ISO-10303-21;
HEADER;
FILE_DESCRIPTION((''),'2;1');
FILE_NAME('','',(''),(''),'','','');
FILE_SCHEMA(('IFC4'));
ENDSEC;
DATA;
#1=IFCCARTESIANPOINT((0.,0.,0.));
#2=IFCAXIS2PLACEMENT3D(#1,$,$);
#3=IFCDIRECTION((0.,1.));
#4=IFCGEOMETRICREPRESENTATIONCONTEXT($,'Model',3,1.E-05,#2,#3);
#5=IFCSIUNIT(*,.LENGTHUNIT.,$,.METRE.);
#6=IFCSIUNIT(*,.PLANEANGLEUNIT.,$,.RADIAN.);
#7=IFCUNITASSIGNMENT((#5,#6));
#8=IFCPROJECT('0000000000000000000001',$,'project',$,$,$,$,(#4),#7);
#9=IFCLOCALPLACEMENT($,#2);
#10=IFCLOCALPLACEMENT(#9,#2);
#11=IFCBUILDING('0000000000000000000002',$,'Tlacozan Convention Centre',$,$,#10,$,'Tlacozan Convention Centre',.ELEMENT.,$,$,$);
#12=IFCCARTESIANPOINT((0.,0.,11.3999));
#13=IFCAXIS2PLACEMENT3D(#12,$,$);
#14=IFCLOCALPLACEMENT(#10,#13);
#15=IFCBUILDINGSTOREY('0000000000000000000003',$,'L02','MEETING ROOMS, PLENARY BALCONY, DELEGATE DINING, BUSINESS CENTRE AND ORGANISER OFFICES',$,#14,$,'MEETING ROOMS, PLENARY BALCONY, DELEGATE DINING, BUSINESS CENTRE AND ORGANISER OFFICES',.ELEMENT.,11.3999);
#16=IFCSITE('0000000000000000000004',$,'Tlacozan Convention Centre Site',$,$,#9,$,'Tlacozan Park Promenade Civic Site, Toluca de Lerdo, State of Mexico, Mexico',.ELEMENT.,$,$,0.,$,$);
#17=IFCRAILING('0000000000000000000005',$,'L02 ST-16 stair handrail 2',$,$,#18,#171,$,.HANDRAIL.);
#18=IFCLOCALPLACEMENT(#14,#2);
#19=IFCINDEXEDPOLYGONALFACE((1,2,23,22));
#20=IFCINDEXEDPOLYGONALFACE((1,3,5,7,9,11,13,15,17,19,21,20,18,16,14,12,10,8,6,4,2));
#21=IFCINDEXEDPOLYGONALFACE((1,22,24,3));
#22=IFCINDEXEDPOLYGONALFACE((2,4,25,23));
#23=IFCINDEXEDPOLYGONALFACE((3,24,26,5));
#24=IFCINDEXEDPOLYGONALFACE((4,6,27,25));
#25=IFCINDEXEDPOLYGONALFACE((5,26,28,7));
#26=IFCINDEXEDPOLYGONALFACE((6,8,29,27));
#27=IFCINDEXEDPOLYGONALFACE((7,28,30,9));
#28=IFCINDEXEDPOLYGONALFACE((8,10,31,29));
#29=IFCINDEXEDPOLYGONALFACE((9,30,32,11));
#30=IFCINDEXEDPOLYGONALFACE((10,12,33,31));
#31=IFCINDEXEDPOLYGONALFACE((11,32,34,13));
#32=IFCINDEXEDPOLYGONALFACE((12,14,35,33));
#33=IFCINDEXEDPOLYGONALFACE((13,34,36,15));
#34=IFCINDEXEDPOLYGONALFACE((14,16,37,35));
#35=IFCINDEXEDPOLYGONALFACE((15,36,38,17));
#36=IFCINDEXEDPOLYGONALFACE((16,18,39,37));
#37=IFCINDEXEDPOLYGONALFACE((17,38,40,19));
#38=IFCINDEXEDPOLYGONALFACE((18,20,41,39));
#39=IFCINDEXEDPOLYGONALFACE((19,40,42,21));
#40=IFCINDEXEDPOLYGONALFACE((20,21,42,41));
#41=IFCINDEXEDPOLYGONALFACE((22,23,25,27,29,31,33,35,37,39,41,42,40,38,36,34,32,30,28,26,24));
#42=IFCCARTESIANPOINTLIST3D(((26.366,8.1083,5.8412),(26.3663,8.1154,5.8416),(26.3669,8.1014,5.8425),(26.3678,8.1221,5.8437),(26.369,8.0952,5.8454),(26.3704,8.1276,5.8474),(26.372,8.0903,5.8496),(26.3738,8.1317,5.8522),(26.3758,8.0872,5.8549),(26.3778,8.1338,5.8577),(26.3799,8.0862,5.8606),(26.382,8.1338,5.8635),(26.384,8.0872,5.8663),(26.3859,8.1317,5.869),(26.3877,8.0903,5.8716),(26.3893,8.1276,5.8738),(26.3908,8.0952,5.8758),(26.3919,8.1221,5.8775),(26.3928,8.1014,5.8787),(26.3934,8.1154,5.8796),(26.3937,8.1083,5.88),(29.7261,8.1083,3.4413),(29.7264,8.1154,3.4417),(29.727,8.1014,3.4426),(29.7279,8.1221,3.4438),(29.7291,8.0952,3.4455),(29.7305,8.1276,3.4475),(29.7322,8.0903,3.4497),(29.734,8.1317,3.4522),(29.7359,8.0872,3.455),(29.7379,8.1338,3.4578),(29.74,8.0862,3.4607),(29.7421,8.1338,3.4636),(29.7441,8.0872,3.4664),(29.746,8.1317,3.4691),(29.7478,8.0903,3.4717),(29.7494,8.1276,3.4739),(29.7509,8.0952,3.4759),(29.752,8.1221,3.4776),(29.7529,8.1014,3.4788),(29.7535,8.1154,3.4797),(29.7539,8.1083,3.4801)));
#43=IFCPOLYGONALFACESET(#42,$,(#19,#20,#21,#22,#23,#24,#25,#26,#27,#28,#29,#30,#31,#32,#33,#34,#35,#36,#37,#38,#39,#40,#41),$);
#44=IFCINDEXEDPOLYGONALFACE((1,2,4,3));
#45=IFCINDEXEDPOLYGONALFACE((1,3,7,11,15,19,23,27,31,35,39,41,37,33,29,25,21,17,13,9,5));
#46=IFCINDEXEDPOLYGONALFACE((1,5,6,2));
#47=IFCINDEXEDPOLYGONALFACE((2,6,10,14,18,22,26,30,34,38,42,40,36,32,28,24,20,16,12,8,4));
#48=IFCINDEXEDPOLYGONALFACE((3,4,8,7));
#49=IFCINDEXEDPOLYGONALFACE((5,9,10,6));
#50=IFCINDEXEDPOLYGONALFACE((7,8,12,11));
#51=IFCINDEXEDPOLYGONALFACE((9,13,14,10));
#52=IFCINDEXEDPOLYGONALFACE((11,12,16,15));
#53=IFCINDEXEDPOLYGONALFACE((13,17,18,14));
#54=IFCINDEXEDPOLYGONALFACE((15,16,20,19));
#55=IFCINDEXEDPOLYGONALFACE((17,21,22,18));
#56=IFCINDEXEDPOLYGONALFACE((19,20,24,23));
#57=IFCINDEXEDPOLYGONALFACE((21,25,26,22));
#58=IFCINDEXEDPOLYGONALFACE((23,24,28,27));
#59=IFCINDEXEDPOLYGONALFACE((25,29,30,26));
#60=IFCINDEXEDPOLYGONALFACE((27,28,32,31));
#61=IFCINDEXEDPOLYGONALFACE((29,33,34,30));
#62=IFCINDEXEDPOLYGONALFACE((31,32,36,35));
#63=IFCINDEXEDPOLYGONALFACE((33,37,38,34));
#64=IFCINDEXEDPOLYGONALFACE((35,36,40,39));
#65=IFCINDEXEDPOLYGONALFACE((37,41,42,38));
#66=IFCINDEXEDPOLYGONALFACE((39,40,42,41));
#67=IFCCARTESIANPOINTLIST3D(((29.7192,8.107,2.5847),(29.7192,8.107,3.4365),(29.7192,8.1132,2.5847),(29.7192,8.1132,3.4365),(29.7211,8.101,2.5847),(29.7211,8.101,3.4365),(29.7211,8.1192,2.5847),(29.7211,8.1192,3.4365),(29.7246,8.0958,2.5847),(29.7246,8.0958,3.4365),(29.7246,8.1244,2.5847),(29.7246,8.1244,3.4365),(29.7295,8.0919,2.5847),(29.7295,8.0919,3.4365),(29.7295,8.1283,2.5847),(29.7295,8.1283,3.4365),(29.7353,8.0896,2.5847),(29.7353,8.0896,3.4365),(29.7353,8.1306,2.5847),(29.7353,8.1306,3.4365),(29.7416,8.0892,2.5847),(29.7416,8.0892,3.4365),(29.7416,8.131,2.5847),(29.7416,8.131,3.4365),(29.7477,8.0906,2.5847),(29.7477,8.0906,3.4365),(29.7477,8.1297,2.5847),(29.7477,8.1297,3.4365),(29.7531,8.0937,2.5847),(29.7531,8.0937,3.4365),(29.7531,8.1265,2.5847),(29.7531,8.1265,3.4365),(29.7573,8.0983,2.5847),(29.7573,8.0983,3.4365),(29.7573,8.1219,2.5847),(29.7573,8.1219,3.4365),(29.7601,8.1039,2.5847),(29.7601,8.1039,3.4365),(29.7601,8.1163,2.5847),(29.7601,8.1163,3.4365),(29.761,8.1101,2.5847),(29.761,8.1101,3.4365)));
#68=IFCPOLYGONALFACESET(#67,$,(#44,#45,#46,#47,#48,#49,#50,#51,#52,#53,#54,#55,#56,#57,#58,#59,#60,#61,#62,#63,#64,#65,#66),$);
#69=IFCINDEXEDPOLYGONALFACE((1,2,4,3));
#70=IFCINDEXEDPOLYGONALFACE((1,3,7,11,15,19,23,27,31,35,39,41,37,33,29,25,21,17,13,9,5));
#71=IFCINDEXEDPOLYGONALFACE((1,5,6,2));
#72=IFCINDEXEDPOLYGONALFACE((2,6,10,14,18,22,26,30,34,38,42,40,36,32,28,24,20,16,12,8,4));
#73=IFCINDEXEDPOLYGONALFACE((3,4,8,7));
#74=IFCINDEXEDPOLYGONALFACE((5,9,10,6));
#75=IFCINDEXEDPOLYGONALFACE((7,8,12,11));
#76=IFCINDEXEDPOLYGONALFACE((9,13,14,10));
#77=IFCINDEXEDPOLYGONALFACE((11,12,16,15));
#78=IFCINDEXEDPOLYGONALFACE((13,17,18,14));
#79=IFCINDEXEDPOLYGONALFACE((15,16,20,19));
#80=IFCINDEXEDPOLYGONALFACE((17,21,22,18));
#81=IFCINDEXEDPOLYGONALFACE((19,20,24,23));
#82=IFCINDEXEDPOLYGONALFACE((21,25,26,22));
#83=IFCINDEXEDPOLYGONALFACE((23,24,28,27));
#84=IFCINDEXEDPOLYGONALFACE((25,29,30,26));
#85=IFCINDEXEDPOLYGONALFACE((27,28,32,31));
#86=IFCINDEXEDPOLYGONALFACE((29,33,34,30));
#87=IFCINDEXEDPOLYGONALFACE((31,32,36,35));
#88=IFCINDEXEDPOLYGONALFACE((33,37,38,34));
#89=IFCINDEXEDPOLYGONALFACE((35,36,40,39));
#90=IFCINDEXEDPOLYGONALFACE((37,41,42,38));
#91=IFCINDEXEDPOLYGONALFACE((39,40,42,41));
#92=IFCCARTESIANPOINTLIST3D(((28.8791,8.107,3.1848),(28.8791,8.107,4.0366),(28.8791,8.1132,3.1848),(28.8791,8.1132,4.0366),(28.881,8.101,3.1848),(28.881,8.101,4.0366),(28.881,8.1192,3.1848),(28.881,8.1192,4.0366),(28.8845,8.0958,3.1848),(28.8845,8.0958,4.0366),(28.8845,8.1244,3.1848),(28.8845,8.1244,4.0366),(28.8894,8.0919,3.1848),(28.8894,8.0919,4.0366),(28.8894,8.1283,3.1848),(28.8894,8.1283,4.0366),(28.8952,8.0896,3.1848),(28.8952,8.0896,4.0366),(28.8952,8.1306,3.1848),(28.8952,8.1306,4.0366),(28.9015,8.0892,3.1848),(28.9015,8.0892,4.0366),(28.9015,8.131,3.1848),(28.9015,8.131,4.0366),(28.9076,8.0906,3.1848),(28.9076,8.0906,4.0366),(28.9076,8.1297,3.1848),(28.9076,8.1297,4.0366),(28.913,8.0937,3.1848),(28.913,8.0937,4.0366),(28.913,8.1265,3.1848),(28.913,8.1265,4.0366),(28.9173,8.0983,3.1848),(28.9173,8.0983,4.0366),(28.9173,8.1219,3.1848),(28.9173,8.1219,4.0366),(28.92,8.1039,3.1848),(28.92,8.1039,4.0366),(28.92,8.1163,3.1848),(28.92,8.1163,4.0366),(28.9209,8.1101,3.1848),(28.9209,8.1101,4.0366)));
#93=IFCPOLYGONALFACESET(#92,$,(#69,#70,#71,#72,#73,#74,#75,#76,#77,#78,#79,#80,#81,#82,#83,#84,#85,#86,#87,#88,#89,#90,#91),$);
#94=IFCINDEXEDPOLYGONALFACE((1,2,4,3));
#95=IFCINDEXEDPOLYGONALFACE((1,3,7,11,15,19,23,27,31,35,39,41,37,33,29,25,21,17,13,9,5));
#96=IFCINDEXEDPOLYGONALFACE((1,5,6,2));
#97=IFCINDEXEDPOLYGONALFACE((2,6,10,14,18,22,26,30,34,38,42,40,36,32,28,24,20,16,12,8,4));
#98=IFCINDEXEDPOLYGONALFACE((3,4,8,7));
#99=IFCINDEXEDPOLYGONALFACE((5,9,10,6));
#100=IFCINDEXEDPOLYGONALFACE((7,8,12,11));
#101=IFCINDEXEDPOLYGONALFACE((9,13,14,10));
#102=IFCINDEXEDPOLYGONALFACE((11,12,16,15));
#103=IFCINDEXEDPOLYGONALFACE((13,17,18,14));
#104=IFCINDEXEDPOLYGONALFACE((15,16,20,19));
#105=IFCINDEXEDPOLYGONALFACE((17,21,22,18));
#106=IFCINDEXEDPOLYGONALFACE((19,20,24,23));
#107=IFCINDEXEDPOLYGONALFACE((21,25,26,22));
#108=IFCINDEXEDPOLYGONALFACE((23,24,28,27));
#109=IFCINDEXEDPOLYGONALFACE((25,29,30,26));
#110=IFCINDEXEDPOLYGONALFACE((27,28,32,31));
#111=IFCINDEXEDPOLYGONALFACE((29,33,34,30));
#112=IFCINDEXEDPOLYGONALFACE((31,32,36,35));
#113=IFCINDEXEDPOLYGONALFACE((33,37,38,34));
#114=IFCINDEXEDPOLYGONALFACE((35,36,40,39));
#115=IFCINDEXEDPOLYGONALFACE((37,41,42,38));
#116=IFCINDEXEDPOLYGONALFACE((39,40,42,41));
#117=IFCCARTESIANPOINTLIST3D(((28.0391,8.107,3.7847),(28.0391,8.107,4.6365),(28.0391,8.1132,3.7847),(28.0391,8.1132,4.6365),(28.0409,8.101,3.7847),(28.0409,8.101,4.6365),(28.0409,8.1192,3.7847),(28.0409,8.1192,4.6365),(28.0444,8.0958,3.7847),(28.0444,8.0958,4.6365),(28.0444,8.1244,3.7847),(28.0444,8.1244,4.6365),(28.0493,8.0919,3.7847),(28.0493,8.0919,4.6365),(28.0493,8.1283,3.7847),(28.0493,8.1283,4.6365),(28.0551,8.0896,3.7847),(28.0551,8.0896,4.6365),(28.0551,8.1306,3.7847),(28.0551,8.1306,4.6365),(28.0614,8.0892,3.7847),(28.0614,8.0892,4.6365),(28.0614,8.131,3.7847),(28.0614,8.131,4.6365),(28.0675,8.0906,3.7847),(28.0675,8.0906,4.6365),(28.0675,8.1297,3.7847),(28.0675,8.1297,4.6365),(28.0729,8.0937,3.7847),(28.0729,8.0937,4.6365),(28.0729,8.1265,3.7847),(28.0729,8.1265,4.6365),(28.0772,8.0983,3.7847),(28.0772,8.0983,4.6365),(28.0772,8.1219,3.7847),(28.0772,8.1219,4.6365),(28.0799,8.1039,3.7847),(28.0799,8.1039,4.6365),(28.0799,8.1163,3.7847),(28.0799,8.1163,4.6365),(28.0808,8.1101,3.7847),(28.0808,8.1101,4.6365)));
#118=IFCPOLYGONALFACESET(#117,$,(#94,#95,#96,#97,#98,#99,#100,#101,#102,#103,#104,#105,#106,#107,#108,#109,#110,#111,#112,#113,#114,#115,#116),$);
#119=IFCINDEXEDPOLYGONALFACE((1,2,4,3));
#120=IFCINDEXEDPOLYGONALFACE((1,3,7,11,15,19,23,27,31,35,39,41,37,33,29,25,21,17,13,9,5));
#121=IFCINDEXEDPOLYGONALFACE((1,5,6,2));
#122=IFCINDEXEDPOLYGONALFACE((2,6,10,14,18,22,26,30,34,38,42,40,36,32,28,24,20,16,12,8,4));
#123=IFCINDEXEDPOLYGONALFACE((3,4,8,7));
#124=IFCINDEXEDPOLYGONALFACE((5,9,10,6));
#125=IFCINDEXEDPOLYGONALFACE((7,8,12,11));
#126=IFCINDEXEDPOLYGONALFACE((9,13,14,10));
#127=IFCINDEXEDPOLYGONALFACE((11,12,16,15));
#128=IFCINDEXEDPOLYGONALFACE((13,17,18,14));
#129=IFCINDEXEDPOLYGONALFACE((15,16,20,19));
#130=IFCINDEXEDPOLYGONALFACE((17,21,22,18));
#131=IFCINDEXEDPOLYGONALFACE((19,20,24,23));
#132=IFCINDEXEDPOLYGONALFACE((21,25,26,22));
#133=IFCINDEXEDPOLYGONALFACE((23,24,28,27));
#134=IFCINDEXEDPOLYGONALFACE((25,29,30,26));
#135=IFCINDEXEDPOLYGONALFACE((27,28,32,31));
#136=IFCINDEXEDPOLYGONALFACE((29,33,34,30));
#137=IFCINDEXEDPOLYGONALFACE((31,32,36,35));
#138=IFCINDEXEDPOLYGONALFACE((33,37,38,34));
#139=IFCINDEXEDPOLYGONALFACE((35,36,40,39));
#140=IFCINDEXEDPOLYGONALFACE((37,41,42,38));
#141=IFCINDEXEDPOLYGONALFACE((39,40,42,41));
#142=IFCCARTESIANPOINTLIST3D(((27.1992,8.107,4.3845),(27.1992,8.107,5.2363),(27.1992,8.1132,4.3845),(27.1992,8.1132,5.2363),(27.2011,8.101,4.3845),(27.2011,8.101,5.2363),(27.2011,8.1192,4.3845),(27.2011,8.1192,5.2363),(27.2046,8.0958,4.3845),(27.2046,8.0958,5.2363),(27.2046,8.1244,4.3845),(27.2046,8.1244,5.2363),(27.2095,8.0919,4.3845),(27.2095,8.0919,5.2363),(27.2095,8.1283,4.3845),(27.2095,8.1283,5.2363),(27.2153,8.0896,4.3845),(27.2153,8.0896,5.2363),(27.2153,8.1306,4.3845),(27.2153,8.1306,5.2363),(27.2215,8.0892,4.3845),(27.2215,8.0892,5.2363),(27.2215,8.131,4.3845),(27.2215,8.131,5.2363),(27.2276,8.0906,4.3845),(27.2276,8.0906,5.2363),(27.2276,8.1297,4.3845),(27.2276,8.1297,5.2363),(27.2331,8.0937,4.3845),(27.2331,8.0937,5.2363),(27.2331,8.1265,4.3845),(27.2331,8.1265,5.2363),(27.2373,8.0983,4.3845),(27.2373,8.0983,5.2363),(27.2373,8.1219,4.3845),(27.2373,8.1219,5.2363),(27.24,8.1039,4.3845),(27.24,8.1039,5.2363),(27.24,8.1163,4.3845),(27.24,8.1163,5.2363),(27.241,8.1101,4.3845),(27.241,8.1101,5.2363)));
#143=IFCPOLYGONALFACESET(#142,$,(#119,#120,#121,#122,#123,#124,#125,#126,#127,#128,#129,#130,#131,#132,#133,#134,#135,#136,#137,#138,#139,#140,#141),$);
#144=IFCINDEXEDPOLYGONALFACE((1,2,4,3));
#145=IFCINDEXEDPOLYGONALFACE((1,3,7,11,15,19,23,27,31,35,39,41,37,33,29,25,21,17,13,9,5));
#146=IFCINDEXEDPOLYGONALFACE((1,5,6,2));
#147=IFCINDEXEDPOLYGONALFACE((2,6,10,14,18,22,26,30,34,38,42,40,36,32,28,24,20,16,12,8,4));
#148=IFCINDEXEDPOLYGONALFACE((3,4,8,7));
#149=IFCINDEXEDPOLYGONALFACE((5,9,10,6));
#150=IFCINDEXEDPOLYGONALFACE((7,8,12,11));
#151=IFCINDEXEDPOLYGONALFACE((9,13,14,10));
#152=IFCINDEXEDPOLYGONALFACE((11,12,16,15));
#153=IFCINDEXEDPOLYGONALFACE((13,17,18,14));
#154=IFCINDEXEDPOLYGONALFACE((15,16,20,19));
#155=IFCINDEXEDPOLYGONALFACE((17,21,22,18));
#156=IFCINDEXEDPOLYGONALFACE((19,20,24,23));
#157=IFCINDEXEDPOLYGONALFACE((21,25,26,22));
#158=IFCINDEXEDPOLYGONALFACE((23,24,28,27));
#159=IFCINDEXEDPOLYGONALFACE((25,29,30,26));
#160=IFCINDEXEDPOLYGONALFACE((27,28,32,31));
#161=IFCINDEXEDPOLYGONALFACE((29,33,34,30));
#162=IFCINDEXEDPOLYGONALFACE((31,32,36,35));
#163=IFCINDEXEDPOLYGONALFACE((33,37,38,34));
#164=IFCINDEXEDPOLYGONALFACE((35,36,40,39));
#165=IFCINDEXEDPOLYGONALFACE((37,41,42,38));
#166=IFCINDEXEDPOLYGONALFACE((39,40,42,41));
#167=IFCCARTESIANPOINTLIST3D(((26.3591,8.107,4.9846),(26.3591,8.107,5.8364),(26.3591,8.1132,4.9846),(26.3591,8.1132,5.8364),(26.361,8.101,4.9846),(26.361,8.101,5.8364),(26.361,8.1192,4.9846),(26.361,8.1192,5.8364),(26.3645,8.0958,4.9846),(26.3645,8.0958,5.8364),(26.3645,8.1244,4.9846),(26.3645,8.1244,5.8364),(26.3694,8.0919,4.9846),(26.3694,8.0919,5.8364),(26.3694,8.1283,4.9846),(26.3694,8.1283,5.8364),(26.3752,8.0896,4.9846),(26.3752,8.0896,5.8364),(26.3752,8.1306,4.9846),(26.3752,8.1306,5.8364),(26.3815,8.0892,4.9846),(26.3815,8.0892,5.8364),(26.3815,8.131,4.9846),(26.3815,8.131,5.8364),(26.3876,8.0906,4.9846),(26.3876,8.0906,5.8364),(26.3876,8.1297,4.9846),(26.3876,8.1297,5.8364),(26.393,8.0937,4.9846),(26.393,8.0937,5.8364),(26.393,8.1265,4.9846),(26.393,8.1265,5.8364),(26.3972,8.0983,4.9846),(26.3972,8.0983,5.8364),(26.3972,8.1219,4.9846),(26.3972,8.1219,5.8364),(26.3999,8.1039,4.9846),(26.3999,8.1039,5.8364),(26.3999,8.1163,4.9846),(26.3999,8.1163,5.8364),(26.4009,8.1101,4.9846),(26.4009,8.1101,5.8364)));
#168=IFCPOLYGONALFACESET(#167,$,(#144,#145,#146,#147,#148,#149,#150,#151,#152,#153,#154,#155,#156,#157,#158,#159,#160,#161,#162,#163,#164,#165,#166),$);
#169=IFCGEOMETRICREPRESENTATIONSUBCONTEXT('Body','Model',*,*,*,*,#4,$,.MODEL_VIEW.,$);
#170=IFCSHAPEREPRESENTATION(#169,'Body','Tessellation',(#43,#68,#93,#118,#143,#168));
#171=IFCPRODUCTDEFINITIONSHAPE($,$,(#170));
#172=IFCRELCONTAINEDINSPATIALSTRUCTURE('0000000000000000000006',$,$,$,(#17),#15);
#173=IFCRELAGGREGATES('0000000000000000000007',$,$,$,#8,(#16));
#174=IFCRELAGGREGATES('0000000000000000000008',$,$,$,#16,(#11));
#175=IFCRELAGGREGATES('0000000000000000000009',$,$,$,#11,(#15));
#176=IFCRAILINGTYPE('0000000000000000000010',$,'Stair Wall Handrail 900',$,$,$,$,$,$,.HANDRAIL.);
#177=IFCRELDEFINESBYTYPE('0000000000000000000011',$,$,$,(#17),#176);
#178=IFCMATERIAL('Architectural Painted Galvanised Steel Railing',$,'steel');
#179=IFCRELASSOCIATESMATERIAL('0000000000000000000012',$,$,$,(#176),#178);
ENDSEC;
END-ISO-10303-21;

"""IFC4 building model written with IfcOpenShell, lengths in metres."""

from ifc_helpers import new_model, si_unit, direction, frame, origin, origin_2d, place, context, subcontext, project, spatial, circle, extrude, material, type_object, element, save


model = new_model("IFC4")

# Units and contexts
model_context = context("Model", 3, precision=1e-05, world=origin(), true_north=direction((0.0, 1.0)))
body_context = subcontext(model_context, "Body", "Model", "MODEL_VIEW")
ifc_project = project(units=[si_unit("LENGTHUNIT", "METRE"), si_unit("PLANEANGLEUNIT", "RADIAN")], contexts=[model_context])

# Site, building, storey
site_placement = place(None, origin())
site = spatial("IfcSite", under=ifc_project, at=site_placement, Name="Tlacozan Convention Centre Site", LongName="Tlacozan Park Promenade Civic Site, Toluca de Lerdo, State of Mexico, Mexico", CompositionType="ELEMENT", RefElevation=0.0)
building_placement = place(site_placement, origin())
building = spatial("IfcBuilding", under=site, at=building_placement, Name="Tlacozan Convention Centre", LongName="Tlacozan Convention Centre", CompositionType="ELEMENT")
storey_placement = place(building_placement, frame((0.0, 0.0, 11.3999)))
storey = spatial("IfcBuildingStorey", under=building, at=storey_placement, Name="L02", Description="MEETING ROOMS, PLENARY BALCONY, DELEGATE DINING, BUSINESS CENTRE AND ORGANISER OFFICES", LongName="MEETING ROOMS, PLENARY BALCONY, DELEGATE DINING, BUSINESS CENTRE AND ORGANISER OFFICES", CompositionType="ELEMENT", Elevation=11.3999)

# Railing
ifc_material_1 = material(Name="Architectural Painted Galvanised Steel Railing", Category="steel")
railing_type_1 = type_object("IfcRailingType", Name="Stair Wall Handrail 900", PredefinedType="HANDRAIL", material=ifc_material_1)
railing_1_placement = place(storey_placement, frame((29.74, 8.1101, 2.5847)))
element("IfcRailing", 1, at=railing_1_placement, inside=storey, type_object=railing_type_1, Name="L02 ST-16 stair handrail 2", PredefinedType="HANDRAIL", context=body_context, shape_type="SweptSolid", body=[
    extrude(circle(Radius=0.0239, at=origin_2d()), frame((0.0, 0.0, 0.876), z_axis=(-0.813753, 0.0, 0.58121), x_axis=(0.0, -1.0, 0.0)), (0.0, 0.0, 1.0), 4.1292),
    extrude(circle(Radius=0.021, at=origin_2d()), origin(), (0.0, 0.0, 1.0), 0.8518),
    extrude(circle(Radius=0.021, at=origin_2d()), frame((-0.8401, 0.0, 0.6001)), (0.0, 0.0, 1.0), 0.8518),
    extrude(circle(Radius=0.021, at=origin_2d()), frame((-1.6802, 0.0, 1.2)), (0.0, 0.0, 1.0), 0.8518),
    extrude(circle(Radius=0.021, at=origin_2d()), frame((-2.52, 0.0, 1.7998)), (0.0, 0.0, 1.0), 0.8518),
    extrude(circle(Radius=0.021, at=origin_2d()), frame((-3.3601, 0.0, 2.3999)), (0.0, 0.0, 1.0), 0.8518),
])

save(model, "model.ifc")
